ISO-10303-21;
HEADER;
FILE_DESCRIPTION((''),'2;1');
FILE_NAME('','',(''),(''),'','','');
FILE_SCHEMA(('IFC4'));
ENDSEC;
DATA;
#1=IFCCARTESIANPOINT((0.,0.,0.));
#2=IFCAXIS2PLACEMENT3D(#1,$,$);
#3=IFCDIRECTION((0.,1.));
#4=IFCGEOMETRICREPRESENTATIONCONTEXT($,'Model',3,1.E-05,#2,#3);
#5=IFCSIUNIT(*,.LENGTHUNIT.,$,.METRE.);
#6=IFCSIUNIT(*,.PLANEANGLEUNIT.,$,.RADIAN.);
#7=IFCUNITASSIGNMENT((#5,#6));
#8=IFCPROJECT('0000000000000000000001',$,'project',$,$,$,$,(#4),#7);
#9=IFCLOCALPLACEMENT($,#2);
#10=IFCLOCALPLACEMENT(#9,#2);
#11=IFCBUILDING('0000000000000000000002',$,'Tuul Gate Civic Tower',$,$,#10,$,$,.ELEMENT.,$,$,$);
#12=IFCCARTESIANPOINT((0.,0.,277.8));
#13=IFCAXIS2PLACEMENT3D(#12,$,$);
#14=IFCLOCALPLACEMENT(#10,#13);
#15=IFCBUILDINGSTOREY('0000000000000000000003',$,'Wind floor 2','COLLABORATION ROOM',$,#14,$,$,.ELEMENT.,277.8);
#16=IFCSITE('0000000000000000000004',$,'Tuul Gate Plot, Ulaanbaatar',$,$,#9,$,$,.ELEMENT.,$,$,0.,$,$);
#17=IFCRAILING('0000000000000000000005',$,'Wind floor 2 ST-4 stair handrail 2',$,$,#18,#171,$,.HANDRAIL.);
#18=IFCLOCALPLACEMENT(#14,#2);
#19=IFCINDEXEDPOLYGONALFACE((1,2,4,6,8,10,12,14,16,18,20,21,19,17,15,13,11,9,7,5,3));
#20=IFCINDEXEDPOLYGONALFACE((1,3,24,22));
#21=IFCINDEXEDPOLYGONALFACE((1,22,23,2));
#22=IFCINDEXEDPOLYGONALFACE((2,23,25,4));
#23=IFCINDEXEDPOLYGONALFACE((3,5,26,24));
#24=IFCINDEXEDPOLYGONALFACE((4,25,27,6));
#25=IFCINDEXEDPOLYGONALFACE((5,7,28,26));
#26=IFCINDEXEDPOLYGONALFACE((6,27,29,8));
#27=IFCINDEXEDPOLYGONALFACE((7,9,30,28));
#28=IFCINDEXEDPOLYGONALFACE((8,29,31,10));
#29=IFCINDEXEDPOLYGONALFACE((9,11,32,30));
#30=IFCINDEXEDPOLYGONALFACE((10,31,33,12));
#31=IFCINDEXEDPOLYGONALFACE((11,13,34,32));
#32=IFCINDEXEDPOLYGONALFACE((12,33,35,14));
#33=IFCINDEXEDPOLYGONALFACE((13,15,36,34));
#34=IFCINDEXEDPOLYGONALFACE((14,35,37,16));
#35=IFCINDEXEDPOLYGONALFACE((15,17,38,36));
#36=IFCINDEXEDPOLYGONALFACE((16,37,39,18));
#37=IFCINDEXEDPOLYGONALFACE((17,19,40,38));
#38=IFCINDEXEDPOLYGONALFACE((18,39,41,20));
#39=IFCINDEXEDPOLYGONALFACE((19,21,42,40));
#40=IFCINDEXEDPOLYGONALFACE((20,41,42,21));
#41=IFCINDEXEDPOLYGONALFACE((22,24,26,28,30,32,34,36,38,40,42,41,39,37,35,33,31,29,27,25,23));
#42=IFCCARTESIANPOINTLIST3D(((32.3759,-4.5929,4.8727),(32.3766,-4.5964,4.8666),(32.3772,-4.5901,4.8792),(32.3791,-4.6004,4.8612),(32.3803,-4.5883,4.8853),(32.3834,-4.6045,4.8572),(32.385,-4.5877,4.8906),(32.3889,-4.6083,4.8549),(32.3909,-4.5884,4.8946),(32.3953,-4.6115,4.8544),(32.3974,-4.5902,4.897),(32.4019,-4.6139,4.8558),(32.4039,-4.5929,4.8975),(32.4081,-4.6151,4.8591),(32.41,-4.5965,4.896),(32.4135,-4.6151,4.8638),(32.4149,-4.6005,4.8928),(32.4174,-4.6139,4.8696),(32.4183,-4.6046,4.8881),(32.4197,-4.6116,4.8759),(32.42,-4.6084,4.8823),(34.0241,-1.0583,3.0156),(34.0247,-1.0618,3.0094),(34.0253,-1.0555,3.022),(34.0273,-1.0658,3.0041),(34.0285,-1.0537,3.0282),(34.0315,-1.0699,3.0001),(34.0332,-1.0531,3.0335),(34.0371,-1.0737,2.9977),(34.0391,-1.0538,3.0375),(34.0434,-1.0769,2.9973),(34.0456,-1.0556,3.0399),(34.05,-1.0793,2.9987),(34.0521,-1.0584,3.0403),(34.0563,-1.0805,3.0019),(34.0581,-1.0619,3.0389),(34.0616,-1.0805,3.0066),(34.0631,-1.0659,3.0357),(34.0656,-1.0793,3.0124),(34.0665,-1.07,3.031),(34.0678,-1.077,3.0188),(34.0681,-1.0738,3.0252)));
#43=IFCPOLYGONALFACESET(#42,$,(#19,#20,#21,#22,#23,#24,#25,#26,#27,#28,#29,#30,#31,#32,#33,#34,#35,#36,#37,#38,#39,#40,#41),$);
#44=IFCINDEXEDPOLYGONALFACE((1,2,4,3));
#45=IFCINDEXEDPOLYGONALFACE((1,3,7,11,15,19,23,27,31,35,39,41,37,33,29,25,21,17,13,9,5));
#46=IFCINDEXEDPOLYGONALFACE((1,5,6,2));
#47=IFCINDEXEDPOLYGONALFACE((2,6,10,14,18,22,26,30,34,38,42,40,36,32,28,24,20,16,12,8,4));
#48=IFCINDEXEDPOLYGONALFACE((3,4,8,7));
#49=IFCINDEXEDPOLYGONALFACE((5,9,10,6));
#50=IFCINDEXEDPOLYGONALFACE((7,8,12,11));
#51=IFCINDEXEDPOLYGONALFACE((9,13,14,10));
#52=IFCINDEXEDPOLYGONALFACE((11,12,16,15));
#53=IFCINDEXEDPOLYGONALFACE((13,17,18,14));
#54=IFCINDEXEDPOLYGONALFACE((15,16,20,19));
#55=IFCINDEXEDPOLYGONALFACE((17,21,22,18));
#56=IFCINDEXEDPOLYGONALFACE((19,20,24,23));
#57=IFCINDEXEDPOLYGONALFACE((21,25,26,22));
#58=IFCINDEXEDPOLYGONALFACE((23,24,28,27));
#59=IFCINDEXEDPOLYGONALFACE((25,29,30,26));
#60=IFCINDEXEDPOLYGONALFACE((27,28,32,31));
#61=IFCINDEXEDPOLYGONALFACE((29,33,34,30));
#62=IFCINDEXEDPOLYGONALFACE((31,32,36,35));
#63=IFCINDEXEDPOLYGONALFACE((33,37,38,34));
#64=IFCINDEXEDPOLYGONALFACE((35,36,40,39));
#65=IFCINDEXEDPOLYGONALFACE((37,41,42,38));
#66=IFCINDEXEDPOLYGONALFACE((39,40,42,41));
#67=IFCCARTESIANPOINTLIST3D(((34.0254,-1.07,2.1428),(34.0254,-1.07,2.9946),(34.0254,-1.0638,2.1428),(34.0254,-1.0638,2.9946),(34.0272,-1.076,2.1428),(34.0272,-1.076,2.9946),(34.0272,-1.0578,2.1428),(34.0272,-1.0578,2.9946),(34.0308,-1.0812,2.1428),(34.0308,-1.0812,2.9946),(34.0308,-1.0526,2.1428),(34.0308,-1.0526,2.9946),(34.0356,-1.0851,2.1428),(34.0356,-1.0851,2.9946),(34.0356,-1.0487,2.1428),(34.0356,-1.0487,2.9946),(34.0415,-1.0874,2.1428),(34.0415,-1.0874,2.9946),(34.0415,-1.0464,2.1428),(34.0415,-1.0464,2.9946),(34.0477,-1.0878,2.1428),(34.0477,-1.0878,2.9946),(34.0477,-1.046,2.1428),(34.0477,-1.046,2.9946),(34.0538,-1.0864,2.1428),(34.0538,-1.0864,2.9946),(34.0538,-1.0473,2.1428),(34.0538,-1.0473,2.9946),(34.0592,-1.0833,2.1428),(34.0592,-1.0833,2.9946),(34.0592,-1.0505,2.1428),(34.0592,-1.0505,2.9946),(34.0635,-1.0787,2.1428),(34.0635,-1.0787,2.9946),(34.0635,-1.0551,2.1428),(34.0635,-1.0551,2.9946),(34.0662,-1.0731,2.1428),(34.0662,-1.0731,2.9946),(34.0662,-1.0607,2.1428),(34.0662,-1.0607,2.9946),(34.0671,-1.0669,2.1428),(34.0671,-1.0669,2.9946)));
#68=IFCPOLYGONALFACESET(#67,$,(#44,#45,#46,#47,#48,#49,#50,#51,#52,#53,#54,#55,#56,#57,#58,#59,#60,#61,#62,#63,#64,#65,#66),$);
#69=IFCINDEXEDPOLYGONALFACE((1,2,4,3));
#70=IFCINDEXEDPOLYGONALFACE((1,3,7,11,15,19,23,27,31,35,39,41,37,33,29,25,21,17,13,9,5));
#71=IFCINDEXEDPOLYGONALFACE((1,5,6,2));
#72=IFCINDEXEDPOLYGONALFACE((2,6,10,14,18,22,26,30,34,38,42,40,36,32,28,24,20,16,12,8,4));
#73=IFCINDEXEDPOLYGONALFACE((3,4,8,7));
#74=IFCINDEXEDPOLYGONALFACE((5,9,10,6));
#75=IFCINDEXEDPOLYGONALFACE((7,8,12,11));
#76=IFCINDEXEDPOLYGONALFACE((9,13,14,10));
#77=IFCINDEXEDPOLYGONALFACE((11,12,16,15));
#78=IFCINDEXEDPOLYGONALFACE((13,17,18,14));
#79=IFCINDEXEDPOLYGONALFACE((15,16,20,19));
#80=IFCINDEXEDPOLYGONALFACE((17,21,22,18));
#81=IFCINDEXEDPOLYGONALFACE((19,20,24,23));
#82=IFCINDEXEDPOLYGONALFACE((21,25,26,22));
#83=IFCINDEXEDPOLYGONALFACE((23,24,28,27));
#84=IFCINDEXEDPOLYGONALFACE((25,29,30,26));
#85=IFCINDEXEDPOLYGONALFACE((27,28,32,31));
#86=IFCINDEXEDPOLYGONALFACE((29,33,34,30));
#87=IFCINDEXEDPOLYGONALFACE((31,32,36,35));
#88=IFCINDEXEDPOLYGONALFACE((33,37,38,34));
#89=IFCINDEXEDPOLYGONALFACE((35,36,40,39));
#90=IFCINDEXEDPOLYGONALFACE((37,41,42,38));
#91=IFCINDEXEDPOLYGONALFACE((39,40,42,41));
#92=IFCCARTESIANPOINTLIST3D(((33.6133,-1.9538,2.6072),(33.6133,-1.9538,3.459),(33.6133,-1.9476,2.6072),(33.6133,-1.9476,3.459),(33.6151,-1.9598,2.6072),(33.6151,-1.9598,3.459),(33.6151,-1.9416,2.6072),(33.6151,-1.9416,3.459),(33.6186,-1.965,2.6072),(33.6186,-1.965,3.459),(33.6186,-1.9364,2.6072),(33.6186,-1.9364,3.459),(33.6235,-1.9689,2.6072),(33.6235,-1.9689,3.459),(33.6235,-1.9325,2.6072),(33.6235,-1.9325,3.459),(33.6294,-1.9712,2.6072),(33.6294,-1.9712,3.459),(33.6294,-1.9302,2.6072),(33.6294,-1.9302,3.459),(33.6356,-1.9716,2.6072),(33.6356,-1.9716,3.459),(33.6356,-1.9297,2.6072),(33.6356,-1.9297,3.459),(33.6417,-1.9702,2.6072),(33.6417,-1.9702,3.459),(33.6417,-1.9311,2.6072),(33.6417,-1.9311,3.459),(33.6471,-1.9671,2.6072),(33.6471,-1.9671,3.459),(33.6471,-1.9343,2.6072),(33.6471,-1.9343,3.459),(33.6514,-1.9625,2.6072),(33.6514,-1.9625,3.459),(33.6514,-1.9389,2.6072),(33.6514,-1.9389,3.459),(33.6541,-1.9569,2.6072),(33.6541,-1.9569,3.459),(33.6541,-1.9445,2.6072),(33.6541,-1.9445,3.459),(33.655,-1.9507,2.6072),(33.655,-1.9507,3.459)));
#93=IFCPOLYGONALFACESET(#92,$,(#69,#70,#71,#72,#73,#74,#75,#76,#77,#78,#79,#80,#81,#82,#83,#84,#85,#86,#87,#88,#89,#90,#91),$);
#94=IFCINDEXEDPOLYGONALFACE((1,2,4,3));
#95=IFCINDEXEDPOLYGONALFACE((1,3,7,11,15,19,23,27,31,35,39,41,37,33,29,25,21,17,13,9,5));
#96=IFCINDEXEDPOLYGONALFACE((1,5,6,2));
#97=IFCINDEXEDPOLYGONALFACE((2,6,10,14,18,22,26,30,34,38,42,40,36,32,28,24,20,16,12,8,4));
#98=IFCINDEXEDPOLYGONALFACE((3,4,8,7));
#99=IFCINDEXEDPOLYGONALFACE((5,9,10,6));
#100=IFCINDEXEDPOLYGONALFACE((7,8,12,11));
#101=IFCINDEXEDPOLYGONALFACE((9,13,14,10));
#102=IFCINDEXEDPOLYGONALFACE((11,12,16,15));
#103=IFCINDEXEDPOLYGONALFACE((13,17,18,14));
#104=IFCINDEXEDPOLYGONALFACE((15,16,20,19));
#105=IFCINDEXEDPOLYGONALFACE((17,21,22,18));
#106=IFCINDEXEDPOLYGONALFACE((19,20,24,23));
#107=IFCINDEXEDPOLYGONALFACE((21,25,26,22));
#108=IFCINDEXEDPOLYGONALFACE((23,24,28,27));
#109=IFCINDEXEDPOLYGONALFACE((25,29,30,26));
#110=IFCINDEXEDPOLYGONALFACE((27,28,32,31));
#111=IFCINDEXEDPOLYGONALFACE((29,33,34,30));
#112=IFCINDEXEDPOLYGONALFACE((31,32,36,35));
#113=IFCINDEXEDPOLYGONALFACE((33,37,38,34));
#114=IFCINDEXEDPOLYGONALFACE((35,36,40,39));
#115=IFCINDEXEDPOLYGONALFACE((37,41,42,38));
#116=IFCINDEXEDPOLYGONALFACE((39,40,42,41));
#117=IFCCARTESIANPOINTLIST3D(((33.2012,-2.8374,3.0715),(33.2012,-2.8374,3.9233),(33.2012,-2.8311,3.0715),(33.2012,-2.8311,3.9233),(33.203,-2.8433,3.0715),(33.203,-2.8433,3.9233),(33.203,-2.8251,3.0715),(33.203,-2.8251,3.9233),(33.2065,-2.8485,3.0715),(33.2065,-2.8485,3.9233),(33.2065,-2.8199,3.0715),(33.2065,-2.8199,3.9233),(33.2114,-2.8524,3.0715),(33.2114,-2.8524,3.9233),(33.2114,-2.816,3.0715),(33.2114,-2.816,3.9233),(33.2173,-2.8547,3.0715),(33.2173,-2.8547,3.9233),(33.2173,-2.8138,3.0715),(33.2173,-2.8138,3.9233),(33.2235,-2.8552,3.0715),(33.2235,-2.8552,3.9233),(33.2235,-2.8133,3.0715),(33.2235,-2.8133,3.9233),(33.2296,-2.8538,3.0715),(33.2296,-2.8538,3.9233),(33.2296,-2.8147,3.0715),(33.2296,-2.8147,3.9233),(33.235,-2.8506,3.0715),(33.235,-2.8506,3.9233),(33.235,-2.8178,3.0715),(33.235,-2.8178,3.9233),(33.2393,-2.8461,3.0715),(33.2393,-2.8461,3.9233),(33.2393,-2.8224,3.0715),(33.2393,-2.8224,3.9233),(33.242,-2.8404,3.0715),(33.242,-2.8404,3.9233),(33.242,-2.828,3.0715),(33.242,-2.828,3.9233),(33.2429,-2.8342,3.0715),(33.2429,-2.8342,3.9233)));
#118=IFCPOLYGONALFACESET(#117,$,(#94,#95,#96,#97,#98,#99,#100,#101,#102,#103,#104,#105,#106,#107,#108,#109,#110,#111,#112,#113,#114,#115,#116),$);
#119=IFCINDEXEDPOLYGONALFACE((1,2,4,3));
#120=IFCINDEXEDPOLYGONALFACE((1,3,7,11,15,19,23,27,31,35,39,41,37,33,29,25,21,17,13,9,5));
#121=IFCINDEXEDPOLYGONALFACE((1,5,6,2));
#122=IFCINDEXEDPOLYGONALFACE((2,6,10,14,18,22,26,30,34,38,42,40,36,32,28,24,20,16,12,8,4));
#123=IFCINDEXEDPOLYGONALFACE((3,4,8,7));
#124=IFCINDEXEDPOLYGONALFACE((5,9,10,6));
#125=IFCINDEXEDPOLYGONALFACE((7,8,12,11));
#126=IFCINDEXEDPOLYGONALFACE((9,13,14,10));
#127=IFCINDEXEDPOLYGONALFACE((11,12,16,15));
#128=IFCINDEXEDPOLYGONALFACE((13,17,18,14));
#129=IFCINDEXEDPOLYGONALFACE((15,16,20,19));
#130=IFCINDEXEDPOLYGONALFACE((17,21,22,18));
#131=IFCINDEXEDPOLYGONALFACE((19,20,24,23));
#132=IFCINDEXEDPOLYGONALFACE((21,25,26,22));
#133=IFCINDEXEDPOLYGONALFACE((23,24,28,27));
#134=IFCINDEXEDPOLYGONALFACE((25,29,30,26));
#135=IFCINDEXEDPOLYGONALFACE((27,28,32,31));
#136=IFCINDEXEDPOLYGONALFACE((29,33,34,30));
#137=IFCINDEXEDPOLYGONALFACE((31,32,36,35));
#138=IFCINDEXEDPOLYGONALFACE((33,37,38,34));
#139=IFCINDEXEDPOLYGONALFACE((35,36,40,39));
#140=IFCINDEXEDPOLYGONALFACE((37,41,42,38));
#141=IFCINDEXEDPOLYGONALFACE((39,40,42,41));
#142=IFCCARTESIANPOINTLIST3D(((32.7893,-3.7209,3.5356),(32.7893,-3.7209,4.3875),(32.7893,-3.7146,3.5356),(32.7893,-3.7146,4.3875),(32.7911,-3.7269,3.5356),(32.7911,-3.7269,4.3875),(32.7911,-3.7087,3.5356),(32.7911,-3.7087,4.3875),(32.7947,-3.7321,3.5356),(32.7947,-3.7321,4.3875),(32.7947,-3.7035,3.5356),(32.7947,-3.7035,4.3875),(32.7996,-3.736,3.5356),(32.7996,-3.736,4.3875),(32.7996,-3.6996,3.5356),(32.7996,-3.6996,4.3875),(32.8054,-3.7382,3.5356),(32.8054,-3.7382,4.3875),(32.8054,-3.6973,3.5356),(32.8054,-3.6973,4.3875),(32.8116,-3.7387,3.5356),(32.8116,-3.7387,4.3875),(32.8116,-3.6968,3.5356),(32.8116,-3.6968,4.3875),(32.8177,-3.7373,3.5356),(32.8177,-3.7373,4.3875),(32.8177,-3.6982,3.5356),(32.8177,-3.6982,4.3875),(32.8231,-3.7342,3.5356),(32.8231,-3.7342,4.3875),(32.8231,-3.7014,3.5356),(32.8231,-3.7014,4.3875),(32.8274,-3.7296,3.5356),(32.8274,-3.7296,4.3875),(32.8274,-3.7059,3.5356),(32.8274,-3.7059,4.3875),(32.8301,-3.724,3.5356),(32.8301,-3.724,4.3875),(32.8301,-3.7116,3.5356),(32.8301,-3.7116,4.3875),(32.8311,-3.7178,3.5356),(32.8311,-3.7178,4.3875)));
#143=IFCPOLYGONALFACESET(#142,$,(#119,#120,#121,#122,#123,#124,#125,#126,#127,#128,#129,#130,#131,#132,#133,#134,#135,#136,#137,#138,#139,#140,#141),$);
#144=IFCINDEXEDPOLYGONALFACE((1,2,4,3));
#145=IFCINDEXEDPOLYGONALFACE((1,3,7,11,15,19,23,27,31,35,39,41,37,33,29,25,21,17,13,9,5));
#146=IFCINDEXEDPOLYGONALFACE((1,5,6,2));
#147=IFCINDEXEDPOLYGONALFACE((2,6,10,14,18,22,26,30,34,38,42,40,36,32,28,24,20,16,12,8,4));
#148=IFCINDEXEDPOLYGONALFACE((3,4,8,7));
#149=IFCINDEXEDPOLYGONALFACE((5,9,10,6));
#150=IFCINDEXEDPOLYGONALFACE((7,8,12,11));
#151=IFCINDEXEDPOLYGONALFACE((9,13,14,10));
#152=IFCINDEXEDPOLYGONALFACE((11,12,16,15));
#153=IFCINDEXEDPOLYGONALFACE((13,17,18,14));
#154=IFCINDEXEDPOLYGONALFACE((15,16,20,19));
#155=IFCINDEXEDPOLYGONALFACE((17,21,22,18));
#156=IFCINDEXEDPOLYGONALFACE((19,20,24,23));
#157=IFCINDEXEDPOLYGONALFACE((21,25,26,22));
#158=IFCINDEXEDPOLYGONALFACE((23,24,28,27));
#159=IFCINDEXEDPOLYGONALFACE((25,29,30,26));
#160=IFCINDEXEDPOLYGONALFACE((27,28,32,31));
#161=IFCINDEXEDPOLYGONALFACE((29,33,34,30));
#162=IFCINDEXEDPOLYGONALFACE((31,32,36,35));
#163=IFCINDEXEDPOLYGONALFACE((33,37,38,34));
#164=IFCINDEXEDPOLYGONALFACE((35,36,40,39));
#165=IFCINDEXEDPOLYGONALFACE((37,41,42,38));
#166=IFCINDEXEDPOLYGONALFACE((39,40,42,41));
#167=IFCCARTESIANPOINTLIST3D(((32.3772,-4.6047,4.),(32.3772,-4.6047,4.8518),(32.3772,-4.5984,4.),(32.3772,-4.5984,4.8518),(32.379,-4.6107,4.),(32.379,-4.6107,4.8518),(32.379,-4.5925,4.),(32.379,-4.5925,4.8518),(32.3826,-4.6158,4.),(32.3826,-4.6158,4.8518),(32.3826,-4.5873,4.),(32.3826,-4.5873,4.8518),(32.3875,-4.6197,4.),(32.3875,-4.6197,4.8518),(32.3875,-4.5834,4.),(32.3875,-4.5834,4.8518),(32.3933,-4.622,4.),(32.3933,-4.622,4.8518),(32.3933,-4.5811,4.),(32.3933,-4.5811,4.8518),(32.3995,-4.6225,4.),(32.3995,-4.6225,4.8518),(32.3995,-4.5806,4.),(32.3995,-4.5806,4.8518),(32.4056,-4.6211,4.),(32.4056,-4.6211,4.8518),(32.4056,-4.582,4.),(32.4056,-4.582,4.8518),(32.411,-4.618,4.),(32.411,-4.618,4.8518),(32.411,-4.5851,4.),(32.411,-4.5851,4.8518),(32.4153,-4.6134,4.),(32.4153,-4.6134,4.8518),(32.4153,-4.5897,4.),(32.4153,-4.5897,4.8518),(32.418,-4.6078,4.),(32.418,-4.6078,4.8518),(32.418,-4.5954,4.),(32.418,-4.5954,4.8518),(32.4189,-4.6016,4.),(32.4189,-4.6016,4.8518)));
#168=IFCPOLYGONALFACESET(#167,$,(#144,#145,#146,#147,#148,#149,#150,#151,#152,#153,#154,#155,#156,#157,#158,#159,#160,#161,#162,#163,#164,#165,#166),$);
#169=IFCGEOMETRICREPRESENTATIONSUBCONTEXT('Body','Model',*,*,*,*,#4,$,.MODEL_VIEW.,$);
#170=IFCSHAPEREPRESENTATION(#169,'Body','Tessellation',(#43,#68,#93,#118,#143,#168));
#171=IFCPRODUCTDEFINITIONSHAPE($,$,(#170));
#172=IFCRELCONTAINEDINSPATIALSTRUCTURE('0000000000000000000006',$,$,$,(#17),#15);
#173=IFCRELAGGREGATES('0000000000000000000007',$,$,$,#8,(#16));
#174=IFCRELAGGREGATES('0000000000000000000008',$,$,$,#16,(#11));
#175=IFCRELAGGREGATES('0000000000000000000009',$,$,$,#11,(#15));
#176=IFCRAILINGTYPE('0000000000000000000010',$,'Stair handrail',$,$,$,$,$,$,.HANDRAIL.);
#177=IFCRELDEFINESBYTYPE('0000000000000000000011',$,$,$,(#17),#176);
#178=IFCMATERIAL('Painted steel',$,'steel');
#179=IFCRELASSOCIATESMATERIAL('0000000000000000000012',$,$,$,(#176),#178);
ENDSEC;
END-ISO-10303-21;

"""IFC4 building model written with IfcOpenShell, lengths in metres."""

from ifc_helpers import new_model, si_unit, direction, frame, origin, origin_2d, place, context, subcontext, project, spatial, circle, extrude, material, type_object, element, save


model = new_model("IFC4")

# Units and contexts
model_context = context("Model", 3, precision=1e-05, world=origin(), true_north=direction((0.0, 1.0)))
body_context = subcontext(model_context, "Body", "Model", "MODEL_VIEW")
ifc_project = project(units=[si_unit("LENGTHUNIT", "METRE"), si_unit("PLANEANGLEUNIT", "RADIAN")], contexts=[model_context])

# Site, building, storey
site_placement = place(None, origin())
site = spatial("IfcSite", under=ifc_project, at=site_placement, Name="Tuul Gate Plot, Ulaanbaatar", CompositionType="ELEMENT", RefElevation=0.0)
building_placement = place(site_placement, origin())
building = spatial("IfcBuilding", under=site, at=building_placement, Name="Tuul Gate Civic Tower", CompositionType="ELEMENT")
storey_placement = place(building_placement, frame((0.0, 0.0, 277.8)))
storey = spatial("IfcBuildingStorey", under=building, at=storey_placement, Name="Wind floor 2", Description="COLLABORATION ROOM", CompositionType="ELEMENT", Elevation=277.8)

# Railing
ifc_material_1 = material(Name="Painted steel", Category="steel")
railing_type_1 = type_object("IfcRailingType", Name="Stair handrail", PredefinedType="HANDRAIL", material=ifc_material_1)
railing_1_placement = place(storey_placement, frame((34.0461, -1.0669, 2.1428)))
element("IfcRailing", 1, at=railing_1_placement, inside=storey, type_object=railing_type_1, Name="Wind floor 2 ST-4 stair handrail 2", PredefinedType="HANDRAIL", context=body_context, shape_type="SweptSolid", body=[
    extrude(circle(Radius=0.0239, at=origin_2d()), frame((0.0, 0.0, 0.876), z_axis=(-0.381556, -0.818273, 0.429935), x_axis=(0.906313, -0.422608, 0.0)), (0.0, 0.0, 1.0), 4.3196),
    extrude(circle(Radius=0.021, at=origin_2d()), origin(), (0.0, 0.0, 1.0), 0.8518),
    extrude(circle(Radius=0.021, at=origin_2d()), frame((-0.4121, -0.8838, 0.4644)), (0.0, 0.0, 1.0), 0.8518),
    extrude(circle(Radius=0.021, at=origin_2d()), frame((-0.8242, -1.7673, 0.9287)), (0.0, 0.0, 1.0), 0.8518),
    extrude(circle(Radius=0.021, at=origin_2d()), frame((-1.2361, -2.6509, 1.3928)), (0.0, 0.0, 1.0), 0.8518),
    extrude(circle(Radius=0.021, at=origin_2d()), frame((-1.6482, -3.5347, 1.8572)), (0.0, 0.0, 1.0), 0.8518),
])

save(model, "model.ifc")
